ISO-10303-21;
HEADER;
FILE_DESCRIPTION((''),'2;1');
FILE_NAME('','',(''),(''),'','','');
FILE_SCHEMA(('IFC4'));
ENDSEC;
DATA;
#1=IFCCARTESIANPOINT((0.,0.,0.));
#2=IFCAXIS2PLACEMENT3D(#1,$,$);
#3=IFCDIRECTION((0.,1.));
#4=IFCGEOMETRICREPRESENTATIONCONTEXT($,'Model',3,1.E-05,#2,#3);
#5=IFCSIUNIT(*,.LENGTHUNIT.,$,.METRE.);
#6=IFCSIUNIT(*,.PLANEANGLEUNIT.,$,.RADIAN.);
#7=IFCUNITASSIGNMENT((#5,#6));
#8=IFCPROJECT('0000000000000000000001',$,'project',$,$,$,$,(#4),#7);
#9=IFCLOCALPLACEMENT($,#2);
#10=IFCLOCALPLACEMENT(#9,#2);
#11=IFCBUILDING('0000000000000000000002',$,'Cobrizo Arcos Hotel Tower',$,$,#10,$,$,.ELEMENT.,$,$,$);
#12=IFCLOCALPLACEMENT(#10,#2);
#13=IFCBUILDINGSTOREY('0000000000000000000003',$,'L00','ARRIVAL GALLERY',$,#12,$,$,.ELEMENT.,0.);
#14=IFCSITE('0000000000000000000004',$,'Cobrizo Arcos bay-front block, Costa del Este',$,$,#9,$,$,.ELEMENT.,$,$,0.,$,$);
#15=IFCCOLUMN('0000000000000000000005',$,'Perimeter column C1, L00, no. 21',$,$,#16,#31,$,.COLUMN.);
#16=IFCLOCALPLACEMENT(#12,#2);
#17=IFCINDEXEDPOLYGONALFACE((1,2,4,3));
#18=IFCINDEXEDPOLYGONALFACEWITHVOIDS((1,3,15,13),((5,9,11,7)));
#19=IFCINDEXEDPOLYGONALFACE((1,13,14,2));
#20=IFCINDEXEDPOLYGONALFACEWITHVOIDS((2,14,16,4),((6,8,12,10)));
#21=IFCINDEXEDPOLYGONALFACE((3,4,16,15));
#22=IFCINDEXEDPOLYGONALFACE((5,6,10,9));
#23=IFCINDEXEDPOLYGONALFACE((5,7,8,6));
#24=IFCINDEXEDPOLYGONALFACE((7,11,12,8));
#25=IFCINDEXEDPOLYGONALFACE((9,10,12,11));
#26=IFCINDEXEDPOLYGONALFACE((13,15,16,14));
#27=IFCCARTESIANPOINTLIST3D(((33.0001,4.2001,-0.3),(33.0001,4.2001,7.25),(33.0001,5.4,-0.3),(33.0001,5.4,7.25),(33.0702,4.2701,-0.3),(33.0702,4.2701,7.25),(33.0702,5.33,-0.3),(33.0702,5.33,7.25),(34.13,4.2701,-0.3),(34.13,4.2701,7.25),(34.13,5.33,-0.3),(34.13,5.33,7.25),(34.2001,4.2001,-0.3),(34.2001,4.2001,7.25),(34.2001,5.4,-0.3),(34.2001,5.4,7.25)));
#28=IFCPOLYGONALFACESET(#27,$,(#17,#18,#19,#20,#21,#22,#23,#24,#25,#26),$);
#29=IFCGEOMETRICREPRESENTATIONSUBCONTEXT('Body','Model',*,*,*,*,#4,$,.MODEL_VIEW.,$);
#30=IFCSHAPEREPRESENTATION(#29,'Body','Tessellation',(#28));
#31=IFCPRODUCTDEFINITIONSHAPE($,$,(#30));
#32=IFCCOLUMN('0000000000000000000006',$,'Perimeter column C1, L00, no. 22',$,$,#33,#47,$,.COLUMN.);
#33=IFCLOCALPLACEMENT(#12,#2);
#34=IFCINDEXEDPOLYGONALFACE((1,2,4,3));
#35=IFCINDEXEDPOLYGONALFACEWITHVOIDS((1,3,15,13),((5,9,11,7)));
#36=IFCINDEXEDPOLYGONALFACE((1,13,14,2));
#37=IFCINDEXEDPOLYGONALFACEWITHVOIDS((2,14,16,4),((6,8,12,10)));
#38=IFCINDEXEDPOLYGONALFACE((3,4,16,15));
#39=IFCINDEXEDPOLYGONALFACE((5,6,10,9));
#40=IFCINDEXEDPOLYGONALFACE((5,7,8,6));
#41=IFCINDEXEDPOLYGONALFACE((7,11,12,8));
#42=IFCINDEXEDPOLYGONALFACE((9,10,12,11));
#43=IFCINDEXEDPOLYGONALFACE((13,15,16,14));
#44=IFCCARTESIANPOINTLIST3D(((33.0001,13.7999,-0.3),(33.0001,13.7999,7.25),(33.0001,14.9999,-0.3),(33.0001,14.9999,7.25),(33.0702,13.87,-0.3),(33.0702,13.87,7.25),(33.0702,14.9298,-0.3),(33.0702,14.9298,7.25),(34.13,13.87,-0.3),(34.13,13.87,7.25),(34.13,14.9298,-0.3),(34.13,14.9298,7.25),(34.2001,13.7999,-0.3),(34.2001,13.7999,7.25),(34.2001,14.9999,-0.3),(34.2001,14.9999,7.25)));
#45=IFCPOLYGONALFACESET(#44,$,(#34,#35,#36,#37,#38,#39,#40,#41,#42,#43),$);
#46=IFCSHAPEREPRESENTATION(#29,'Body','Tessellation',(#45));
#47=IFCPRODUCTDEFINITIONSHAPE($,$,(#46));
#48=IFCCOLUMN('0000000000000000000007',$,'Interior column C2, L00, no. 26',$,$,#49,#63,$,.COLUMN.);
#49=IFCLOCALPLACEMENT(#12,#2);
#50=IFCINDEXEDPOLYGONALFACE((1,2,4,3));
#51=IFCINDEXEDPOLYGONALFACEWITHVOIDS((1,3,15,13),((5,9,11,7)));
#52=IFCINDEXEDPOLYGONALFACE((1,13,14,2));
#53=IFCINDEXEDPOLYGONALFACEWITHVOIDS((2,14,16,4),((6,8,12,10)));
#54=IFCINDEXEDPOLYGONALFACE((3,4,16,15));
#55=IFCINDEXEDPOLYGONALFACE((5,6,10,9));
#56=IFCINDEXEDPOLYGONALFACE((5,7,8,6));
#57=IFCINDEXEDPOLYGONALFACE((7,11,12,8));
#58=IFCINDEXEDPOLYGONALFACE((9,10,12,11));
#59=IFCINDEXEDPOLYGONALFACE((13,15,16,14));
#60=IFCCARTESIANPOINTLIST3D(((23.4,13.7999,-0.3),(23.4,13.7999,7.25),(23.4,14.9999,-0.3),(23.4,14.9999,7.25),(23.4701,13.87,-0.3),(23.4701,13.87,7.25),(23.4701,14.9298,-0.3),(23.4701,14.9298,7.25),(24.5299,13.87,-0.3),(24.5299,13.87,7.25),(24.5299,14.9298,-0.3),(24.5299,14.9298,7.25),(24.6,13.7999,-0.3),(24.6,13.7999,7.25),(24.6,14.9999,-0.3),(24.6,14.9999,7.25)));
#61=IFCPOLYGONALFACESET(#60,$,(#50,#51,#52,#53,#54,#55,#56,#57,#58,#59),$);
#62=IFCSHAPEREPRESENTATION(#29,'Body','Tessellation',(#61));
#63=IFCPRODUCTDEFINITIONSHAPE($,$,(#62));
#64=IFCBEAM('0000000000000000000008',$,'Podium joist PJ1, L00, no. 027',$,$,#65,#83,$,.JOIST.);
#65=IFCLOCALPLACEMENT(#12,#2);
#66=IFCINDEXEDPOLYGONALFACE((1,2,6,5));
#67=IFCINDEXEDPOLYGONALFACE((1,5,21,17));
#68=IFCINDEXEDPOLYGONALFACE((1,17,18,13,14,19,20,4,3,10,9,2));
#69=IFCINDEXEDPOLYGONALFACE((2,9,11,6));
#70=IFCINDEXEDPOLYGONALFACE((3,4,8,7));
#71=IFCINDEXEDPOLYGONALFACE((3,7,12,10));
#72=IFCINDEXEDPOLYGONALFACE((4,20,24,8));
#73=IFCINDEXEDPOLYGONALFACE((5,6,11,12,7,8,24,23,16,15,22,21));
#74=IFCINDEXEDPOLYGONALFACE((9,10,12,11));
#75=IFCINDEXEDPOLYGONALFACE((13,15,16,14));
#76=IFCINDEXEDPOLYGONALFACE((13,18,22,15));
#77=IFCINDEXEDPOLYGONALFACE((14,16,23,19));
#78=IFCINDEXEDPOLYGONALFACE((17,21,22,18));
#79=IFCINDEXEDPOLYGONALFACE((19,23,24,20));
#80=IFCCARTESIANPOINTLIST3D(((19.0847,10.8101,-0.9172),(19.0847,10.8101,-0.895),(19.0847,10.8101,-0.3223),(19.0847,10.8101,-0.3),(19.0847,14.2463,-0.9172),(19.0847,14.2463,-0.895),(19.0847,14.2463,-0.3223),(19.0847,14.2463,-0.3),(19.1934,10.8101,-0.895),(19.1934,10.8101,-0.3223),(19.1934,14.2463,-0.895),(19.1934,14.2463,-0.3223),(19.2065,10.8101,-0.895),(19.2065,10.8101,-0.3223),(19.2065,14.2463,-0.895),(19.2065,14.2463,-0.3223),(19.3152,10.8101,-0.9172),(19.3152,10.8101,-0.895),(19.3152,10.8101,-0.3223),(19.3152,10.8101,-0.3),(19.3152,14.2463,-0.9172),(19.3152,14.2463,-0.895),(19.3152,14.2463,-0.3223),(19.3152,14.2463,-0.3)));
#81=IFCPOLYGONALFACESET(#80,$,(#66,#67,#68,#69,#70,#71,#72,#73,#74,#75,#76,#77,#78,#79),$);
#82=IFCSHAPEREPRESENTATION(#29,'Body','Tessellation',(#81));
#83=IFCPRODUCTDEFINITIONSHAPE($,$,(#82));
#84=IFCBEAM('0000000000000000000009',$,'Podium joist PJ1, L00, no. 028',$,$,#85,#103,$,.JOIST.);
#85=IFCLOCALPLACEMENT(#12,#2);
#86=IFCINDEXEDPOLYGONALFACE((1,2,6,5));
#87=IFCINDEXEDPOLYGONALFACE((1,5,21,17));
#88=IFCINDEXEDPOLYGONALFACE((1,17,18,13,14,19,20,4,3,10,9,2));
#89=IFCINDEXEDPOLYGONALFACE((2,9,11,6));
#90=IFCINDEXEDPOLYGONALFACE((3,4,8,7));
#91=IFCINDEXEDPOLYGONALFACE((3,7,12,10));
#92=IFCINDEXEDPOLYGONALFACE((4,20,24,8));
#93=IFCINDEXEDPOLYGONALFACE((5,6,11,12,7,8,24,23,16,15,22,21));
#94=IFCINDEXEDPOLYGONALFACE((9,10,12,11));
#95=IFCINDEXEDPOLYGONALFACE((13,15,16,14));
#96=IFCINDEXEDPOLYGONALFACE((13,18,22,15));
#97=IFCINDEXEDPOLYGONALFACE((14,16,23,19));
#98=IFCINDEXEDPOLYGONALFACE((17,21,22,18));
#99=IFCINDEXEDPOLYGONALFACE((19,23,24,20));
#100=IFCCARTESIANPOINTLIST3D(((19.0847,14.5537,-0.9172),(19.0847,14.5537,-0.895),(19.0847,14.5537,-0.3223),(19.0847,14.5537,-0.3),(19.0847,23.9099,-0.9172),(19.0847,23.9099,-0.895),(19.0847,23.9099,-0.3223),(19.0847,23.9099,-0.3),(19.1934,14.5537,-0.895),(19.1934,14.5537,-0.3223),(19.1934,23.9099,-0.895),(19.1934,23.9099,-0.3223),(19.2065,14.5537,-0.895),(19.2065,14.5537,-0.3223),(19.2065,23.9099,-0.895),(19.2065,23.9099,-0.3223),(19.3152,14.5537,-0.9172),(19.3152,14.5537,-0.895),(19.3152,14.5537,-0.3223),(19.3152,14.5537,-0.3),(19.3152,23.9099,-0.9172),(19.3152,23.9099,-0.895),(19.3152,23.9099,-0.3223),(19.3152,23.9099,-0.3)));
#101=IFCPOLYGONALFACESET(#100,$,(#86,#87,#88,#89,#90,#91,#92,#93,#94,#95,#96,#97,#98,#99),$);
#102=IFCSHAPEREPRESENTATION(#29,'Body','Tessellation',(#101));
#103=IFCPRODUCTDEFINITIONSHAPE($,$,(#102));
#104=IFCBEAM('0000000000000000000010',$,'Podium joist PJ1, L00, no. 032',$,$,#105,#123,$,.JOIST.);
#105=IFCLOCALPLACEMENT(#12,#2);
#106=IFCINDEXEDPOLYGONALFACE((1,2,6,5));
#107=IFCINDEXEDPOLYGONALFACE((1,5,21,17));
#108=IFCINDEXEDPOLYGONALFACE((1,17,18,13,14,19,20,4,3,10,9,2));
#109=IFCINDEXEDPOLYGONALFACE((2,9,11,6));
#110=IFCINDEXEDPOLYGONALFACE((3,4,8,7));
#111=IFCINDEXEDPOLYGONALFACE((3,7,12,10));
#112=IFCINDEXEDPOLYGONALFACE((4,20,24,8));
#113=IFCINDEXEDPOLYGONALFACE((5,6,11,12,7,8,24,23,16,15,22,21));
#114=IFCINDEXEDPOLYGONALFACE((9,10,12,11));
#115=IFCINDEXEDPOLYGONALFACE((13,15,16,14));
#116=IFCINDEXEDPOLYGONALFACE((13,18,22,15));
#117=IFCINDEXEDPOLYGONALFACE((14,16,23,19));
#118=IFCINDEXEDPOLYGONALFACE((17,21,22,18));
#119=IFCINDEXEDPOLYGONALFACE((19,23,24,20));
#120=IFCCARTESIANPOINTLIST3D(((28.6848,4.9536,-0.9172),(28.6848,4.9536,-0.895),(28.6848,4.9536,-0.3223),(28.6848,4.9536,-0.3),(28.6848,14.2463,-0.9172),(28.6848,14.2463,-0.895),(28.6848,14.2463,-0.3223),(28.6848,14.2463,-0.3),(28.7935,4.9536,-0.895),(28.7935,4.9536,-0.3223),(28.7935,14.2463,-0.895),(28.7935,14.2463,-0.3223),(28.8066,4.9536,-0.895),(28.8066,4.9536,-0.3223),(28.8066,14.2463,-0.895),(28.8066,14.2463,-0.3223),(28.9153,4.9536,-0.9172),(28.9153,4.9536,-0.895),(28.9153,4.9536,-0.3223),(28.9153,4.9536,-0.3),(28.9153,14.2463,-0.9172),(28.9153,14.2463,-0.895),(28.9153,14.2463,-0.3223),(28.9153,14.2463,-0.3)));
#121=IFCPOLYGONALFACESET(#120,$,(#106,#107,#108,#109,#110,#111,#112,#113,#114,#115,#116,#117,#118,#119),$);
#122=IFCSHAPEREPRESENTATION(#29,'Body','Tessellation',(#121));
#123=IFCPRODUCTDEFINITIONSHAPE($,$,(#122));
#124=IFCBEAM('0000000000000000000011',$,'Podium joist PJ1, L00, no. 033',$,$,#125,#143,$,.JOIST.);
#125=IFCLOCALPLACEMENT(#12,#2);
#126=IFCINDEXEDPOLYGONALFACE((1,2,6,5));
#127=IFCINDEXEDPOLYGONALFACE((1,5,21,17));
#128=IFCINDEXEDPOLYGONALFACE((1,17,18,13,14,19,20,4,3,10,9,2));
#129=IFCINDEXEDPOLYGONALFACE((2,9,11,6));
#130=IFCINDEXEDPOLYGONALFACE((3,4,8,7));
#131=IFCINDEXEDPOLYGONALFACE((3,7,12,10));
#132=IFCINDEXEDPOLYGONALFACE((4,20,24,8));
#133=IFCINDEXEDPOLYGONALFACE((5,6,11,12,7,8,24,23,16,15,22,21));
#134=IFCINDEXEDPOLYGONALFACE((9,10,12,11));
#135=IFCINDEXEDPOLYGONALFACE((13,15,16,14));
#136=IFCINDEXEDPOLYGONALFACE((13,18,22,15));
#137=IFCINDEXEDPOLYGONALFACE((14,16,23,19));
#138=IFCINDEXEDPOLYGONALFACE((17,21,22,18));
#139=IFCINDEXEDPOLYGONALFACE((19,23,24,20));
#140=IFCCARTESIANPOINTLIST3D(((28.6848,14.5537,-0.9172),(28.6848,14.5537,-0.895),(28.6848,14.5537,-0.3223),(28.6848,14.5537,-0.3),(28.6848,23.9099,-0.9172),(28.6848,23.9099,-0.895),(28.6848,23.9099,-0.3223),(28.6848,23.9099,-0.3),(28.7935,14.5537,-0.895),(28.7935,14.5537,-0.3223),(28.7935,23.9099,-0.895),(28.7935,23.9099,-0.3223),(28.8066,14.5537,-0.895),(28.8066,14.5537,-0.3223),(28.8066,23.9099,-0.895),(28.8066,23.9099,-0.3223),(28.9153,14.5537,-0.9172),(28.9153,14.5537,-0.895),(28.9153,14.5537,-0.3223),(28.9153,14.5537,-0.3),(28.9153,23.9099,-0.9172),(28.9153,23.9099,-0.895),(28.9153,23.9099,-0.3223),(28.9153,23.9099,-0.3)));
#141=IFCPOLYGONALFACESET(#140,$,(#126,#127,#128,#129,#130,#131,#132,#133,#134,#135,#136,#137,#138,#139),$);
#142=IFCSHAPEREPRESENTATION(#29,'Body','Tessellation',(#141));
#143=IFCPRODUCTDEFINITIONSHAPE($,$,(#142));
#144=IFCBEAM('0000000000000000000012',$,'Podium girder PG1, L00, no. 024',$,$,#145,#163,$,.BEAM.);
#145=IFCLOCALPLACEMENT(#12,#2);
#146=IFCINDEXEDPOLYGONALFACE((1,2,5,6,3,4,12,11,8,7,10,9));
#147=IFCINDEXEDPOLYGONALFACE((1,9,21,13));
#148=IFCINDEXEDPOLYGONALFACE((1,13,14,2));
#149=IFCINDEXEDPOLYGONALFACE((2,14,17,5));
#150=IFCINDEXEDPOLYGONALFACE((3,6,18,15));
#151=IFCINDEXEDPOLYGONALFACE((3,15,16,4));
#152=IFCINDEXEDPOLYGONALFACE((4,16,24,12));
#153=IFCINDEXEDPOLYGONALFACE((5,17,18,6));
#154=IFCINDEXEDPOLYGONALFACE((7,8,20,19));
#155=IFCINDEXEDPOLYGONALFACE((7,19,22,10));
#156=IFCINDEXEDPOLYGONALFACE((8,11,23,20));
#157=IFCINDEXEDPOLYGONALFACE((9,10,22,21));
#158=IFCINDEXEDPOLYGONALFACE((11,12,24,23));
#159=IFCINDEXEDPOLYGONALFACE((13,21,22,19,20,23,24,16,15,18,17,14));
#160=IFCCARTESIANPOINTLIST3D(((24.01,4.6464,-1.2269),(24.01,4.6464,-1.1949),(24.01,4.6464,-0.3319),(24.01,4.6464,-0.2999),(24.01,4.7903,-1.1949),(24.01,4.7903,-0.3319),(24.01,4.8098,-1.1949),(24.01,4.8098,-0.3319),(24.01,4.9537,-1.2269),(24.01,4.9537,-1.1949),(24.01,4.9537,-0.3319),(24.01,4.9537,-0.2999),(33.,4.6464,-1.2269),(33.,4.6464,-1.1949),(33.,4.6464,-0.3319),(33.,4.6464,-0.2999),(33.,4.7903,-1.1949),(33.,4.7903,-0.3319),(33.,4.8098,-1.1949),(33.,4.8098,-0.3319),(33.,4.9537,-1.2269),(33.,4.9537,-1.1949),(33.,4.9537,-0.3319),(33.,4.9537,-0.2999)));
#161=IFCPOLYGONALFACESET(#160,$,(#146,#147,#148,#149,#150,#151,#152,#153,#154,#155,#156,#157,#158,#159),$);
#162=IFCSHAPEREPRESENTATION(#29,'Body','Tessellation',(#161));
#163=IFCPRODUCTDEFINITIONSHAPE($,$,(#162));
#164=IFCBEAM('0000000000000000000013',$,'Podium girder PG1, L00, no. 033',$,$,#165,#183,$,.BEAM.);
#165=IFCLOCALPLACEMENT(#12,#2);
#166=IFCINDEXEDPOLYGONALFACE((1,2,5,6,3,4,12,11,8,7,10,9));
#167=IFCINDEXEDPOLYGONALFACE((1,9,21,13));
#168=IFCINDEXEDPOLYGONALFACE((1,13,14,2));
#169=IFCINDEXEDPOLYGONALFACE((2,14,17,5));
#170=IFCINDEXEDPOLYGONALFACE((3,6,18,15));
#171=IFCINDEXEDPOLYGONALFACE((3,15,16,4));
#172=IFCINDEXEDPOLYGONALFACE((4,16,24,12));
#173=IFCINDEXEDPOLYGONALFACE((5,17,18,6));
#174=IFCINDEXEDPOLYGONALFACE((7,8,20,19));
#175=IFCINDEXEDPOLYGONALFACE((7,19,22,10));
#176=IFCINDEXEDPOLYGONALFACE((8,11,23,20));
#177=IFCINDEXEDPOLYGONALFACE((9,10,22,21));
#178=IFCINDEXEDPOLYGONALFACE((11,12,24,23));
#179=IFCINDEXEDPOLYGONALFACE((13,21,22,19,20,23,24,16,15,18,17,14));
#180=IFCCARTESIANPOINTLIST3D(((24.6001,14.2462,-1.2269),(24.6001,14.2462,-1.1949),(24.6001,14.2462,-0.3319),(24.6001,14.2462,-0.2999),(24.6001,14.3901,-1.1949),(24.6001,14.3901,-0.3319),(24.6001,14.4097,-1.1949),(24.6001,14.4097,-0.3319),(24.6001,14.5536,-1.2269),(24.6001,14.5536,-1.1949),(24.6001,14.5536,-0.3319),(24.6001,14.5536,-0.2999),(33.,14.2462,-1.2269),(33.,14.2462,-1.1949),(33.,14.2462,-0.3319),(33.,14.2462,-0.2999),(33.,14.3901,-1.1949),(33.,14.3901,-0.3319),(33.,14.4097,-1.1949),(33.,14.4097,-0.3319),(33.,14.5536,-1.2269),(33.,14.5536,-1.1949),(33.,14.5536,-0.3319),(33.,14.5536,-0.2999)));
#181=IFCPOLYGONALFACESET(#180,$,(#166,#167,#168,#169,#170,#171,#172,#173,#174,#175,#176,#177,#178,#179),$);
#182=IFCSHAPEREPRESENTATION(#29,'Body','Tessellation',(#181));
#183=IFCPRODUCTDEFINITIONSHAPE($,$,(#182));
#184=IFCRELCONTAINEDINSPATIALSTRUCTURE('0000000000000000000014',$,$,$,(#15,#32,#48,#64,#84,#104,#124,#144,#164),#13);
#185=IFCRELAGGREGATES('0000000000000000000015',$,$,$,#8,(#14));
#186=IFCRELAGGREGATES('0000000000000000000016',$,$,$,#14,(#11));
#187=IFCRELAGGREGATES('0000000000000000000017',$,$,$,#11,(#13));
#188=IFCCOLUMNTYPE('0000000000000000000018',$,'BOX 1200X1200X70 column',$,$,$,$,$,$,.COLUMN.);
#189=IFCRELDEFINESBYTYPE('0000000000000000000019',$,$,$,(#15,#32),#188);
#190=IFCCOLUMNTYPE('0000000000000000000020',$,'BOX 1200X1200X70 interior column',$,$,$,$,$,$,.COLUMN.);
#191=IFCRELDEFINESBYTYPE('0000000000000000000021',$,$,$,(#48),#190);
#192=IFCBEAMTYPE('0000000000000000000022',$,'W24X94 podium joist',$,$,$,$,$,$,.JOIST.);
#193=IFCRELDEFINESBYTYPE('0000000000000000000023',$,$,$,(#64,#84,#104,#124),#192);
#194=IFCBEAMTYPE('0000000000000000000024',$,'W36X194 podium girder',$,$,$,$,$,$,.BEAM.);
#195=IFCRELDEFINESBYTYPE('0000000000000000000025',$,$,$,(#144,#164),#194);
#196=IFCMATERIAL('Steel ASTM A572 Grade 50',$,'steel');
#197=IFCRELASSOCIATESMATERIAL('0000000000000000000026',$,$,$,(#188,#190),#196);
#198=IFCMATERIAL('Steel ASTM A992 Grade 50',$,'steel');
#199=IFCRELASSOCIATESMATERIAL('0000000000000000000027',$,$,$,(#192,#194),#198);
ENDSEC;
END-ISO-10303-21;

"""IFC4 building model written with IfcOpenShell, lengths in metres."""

from ifc_helpers import new_model, si_unit, direction, frame, origin, origin_2d, place, context, subcontext, project, spatial, hollow_rectangle, i_section, extrude, material, material_profile, profile_set, type_object, element, save


model = new_model("IFC4")

# Units and contexts
model_context = context("Model", 3, precision=1e-05, world=origin(), true_north=direction((0.0, 1.0)))
body_context = subcontext(model_context, "Body", "Model", "MODEL_VIEW")
ifc_project = project(units=[si_unit("LENGTHUNIT", "METRE"), si_unit("PLANEANGLEUNIT", "RADIAN")], contexts=[model_context])

# Site, building, storey
site_placement = place(None, origin())
site = spatial("IfcSite", under=ifc_project, at=site_placement, Name="Cobrizo Arcos bay-front block, Costa del Este", CompositionType="ELEMENT", RefElevation=0.0)
building_placement = place(site_placement, origin())
building = spatial("IfcBuilding", under=site, at=building_placement, Name="Cobrizo Arcos Hotel Tower", CompositionType="ELEMENT")
storey_placement = place(building_placement, origin())
storey = spatial("IfcBuildingStorey", under=building, at=storey_placement, Name="L00", Description="ARRIVAL GALLERY", CompositionType="ELEMENT", Elevation=0.0)

# Columns
ifc_material_1 = material(Name="Steel ASTM A572 Grade 50", Category="steel")
ifc_material_profile_1 = material_profile(ifc_material_1, hollow_rectangle(XDim=1.2, YDim=1.2, WallThickness=0.0701, at=origin_2d()), Name="BOX 1200X1200X70")
ifc_profile_set_1 = profile_set([ifc_material_profile_1], Name="Steel ASTM A572 Grade 50")
column_type_1 = type_object("IfcColumnType", Name="BOX 1200X1200X70 column", PredefinedType="COLUMN", material=ifc_profile_set_1)
for number, where, z_axis, x_axis, name in (
    (1, (33.6001, 4.8, -0.3), (0.0, 0.0, 1.0), (1.0, 0.0, 0.0), "Perimeter column C1, L00, no. 21"),
    (2, (33.6001, 14.3999, -0.3), (0.0, 0.0, 1.0), (1.0, 0.0, 0.0), "Perimeter column C1, L00, no. 22"),
):
    element("IfcColumn", number, at=place(storey_placement, frame(where, z_axis=z_axis, x_axis=x_axis)), inside=storey, type_object=column_type_1, Name=name, PredefinedType="COLUMN", context=body_context, shape_type="SweptSolid", body=[
        extrude(hollow_rectangle(XDim=1.2, YDim=1.2, WallThickness=0.0701, at=origin_2d()), origin(), (0.0, 0.0, 1.0), 7.55),
    ])
ifc_material_profile_2 = material_profile(ifc_material_1, hollow_rectangle(XDim=1.2, YDim=1.2, WallThickness=0.0701, at=origin_2d()), Name="BOX 1200X1200X70")
ifc_profile_set_2 = profile_set([ifc_material_profile_2], Name="Steel ASTM A572 Grade 50")
column_type_2 = type_object("IfcColumnType", Name="BOX 1200X1200X70 interior column", PredefinedType="COLUMN", material=ifc_profile_set_2)
column_placement = place(storey_placement, frame((24.0, 14.3999, -0.3), z_axis=(0.0, 0.0, 1.0), x_axis=(1.0, 0.0, 0.0)))
element("IfcColumn", 3, at=column_placement, inside=storey, type_object=column_type_2, Name="Interior column C2, L00, no. 26", PredefinedType="COLUMN", context=body_context, shape_type="SweptSolid", body=[
    extrude(hollow_rectangle(XDim=1.2, YDim=1.2, WallThickness=0.0701, at=origin_2d()), origin(), (0.0, 0.0, 1.0), 7.55),
])

# Beams
ifc_material_2 = material(Name="Steel ASTM A992 Grade 50", Category="steel")
ifc_material_profile_3 = material_profile(ifc_material_2, i_section(OverallWidth=0.2305, OverallDepth=0.6172, WebThickness=0.0132, FlangeThickness=0.0222, at=origin_2d()), Name="W24X94")
ifc_profile_set_3 = profile_set([ifc_material_profile_3], Name="Steel ASTM A992 Grade 50")
beam_type_1 = type_object("IfcBeamType", Name="W24X94 podium joist", PredefinedType="JOIST", material=ifc_profile_set_3)
beam_1_placement = place(storey_placement, frame((19.2, 10.8101, -0.6086), z_axis=(0.0, 1.0, 0.0), x_axis=(-1.0, 0.0, 0.0)))
element("IfcBeam", 4, at=beam_1_placement, inside=storey, type_object=beam_type_1, Name="Podium joist PJ1, L00, no. 027", PredefinedType="JOIST", context=body_context, shape_type="SweptSolid", body=[
    extrude(i_section(OverallWidth=0.2305, OverallDepth=0.6172, WebThickness=0.0132, FlangeThickness=0.0222, at=origin_2d()), origin(), (0.0, 0.0, 1.0), 3.4363),
])
beam_2_placement = place(storey_placement, frame((19.2, 14.5537, -0.6086), z_axis=(0.0, 1.0, 0.0), x_axis=(-1.0, 0.0, 0.0)))
element("IfcBeam", 5, at=beam_2_placement, inside=storey, type_object=beam_type_1, Name="Podium joist PJ1, L00, no. 028", PredefinedType="JOIST", context=body_context, shape_type="SweptSolid", body=[
    extrude(i_section(OverallWidth=0.2305, OverallDepth=0.6172, WebThickness=0.0132, FlangeThickness=0.0222, at=origin_2d()), origin(), (0.0, 0.0, 1.0), 9.3562),
])
beam_3_placement = place(storey_placement, frame((28.8, 4.9536, -0.6086), z_axis=(0.0, 1.0, 0.0), x_axis=(-1.0, 0.0, 0.0)))
element("IfcBeam", 6, at=beam_3_placement, inside=storey, type_object=beam_type_1, Name="Podium joist PJ1, L00, no. 032", PredefinedType="JOIST", context=body_context, shape_type="SweptSolid", body=[
    extrude(i_section(OverallWidth=0.2305, OverallDepth=0.6172, WebThickness=0.0132, FlangeThickness=0.0222, at=origin_2d()), origin(), (0.0, 0.0, 1.0), 9.2927),
])
beam_4_placement = place(storey_placement, frame((28.8, 14.5537, -0.6086), z_axis=(0.0, 1.0, 0.0), x_axis=(-1.0, 0.0, 0.0)))
element("IfcBeam", 7, at=beam_4_placement, inside=storey, type_object=beam_type_1, Name="Podium joist PJ1, L00, no. 033", PredefinedType="JOIST", context=body_context, shape_type="SweptSolid", body=[
    extrude(i_section(OverallWidth=0.2305, OverallDepth=0.6172, WebThickness=0.0132, FlangeThickness=0.0222, at=origin_2d()), origin(), (0.0, 0.0, 1.0), 9.3562),
])
ifc_material_profile_4 = material_profile(ifc_material_2, i_section(OverallWidth=0.3074, OverallDepth=0.927, WebThickness=0.0195, FlangeThickness=0.032, at=origin_2d()), Name="W36X194")
ifc_profile_set_4 = profile_set([ifc_material_profile_4], Name="Steel ASTM A992 Grade 50")
beam_type_2 = type_object("IfcBeamType", Name="W36X194 podium girder", PredefinedType="BEAM", material=ifc_profile_set_4)
beam_5_placement = place(storey_placement, frame((24.01, 4.8, -0.7634), z_axis=(1.0, 0.0, 0.0), x_axis=(0.0, 1.0, 0.0)))
element("IfcBeam", 8, at=beam_5_placement, inside=storey, type_object=beam_type_2, Name="Podium girder PG1, L00, no. 024", PredefinedType="BEAM", context=body_context, shape_type="SweptSolid", body=[
    extrude(i_section(OverallWidth=0.3074, OverallDepth=0.927, WebThickness=0.0195, FlangeThickness=0.032, at=origin_2d()), origin(), (0.0, 0.0, 1.0), 8.99),
])
beam_6_placement = place(storey_placement, frame((24.6001, 14.3999, -0.7634), z_axis=(1.0, 0.0, 0.0), x_axis=(0.0, 1.0, 0.0)))
element("IfcBeam", 9, at=beam_6_placement, inside=storey, type_object=beam_type_2, Name="Podium girder PG1, L00, no. 033", PredefinedType="BEAM", context=body_context, shape_type="SweptSolid", body=[
    extrude(i_section(OverallWidth=0.3074, OverallDepth=0.927, WebThickness=0.0195, FlangeThickness=0.032, at=origin_2d()), origin(), (0.0, 0.0, 1.0), 8.3999),
])

save(model, "model.ifc")
